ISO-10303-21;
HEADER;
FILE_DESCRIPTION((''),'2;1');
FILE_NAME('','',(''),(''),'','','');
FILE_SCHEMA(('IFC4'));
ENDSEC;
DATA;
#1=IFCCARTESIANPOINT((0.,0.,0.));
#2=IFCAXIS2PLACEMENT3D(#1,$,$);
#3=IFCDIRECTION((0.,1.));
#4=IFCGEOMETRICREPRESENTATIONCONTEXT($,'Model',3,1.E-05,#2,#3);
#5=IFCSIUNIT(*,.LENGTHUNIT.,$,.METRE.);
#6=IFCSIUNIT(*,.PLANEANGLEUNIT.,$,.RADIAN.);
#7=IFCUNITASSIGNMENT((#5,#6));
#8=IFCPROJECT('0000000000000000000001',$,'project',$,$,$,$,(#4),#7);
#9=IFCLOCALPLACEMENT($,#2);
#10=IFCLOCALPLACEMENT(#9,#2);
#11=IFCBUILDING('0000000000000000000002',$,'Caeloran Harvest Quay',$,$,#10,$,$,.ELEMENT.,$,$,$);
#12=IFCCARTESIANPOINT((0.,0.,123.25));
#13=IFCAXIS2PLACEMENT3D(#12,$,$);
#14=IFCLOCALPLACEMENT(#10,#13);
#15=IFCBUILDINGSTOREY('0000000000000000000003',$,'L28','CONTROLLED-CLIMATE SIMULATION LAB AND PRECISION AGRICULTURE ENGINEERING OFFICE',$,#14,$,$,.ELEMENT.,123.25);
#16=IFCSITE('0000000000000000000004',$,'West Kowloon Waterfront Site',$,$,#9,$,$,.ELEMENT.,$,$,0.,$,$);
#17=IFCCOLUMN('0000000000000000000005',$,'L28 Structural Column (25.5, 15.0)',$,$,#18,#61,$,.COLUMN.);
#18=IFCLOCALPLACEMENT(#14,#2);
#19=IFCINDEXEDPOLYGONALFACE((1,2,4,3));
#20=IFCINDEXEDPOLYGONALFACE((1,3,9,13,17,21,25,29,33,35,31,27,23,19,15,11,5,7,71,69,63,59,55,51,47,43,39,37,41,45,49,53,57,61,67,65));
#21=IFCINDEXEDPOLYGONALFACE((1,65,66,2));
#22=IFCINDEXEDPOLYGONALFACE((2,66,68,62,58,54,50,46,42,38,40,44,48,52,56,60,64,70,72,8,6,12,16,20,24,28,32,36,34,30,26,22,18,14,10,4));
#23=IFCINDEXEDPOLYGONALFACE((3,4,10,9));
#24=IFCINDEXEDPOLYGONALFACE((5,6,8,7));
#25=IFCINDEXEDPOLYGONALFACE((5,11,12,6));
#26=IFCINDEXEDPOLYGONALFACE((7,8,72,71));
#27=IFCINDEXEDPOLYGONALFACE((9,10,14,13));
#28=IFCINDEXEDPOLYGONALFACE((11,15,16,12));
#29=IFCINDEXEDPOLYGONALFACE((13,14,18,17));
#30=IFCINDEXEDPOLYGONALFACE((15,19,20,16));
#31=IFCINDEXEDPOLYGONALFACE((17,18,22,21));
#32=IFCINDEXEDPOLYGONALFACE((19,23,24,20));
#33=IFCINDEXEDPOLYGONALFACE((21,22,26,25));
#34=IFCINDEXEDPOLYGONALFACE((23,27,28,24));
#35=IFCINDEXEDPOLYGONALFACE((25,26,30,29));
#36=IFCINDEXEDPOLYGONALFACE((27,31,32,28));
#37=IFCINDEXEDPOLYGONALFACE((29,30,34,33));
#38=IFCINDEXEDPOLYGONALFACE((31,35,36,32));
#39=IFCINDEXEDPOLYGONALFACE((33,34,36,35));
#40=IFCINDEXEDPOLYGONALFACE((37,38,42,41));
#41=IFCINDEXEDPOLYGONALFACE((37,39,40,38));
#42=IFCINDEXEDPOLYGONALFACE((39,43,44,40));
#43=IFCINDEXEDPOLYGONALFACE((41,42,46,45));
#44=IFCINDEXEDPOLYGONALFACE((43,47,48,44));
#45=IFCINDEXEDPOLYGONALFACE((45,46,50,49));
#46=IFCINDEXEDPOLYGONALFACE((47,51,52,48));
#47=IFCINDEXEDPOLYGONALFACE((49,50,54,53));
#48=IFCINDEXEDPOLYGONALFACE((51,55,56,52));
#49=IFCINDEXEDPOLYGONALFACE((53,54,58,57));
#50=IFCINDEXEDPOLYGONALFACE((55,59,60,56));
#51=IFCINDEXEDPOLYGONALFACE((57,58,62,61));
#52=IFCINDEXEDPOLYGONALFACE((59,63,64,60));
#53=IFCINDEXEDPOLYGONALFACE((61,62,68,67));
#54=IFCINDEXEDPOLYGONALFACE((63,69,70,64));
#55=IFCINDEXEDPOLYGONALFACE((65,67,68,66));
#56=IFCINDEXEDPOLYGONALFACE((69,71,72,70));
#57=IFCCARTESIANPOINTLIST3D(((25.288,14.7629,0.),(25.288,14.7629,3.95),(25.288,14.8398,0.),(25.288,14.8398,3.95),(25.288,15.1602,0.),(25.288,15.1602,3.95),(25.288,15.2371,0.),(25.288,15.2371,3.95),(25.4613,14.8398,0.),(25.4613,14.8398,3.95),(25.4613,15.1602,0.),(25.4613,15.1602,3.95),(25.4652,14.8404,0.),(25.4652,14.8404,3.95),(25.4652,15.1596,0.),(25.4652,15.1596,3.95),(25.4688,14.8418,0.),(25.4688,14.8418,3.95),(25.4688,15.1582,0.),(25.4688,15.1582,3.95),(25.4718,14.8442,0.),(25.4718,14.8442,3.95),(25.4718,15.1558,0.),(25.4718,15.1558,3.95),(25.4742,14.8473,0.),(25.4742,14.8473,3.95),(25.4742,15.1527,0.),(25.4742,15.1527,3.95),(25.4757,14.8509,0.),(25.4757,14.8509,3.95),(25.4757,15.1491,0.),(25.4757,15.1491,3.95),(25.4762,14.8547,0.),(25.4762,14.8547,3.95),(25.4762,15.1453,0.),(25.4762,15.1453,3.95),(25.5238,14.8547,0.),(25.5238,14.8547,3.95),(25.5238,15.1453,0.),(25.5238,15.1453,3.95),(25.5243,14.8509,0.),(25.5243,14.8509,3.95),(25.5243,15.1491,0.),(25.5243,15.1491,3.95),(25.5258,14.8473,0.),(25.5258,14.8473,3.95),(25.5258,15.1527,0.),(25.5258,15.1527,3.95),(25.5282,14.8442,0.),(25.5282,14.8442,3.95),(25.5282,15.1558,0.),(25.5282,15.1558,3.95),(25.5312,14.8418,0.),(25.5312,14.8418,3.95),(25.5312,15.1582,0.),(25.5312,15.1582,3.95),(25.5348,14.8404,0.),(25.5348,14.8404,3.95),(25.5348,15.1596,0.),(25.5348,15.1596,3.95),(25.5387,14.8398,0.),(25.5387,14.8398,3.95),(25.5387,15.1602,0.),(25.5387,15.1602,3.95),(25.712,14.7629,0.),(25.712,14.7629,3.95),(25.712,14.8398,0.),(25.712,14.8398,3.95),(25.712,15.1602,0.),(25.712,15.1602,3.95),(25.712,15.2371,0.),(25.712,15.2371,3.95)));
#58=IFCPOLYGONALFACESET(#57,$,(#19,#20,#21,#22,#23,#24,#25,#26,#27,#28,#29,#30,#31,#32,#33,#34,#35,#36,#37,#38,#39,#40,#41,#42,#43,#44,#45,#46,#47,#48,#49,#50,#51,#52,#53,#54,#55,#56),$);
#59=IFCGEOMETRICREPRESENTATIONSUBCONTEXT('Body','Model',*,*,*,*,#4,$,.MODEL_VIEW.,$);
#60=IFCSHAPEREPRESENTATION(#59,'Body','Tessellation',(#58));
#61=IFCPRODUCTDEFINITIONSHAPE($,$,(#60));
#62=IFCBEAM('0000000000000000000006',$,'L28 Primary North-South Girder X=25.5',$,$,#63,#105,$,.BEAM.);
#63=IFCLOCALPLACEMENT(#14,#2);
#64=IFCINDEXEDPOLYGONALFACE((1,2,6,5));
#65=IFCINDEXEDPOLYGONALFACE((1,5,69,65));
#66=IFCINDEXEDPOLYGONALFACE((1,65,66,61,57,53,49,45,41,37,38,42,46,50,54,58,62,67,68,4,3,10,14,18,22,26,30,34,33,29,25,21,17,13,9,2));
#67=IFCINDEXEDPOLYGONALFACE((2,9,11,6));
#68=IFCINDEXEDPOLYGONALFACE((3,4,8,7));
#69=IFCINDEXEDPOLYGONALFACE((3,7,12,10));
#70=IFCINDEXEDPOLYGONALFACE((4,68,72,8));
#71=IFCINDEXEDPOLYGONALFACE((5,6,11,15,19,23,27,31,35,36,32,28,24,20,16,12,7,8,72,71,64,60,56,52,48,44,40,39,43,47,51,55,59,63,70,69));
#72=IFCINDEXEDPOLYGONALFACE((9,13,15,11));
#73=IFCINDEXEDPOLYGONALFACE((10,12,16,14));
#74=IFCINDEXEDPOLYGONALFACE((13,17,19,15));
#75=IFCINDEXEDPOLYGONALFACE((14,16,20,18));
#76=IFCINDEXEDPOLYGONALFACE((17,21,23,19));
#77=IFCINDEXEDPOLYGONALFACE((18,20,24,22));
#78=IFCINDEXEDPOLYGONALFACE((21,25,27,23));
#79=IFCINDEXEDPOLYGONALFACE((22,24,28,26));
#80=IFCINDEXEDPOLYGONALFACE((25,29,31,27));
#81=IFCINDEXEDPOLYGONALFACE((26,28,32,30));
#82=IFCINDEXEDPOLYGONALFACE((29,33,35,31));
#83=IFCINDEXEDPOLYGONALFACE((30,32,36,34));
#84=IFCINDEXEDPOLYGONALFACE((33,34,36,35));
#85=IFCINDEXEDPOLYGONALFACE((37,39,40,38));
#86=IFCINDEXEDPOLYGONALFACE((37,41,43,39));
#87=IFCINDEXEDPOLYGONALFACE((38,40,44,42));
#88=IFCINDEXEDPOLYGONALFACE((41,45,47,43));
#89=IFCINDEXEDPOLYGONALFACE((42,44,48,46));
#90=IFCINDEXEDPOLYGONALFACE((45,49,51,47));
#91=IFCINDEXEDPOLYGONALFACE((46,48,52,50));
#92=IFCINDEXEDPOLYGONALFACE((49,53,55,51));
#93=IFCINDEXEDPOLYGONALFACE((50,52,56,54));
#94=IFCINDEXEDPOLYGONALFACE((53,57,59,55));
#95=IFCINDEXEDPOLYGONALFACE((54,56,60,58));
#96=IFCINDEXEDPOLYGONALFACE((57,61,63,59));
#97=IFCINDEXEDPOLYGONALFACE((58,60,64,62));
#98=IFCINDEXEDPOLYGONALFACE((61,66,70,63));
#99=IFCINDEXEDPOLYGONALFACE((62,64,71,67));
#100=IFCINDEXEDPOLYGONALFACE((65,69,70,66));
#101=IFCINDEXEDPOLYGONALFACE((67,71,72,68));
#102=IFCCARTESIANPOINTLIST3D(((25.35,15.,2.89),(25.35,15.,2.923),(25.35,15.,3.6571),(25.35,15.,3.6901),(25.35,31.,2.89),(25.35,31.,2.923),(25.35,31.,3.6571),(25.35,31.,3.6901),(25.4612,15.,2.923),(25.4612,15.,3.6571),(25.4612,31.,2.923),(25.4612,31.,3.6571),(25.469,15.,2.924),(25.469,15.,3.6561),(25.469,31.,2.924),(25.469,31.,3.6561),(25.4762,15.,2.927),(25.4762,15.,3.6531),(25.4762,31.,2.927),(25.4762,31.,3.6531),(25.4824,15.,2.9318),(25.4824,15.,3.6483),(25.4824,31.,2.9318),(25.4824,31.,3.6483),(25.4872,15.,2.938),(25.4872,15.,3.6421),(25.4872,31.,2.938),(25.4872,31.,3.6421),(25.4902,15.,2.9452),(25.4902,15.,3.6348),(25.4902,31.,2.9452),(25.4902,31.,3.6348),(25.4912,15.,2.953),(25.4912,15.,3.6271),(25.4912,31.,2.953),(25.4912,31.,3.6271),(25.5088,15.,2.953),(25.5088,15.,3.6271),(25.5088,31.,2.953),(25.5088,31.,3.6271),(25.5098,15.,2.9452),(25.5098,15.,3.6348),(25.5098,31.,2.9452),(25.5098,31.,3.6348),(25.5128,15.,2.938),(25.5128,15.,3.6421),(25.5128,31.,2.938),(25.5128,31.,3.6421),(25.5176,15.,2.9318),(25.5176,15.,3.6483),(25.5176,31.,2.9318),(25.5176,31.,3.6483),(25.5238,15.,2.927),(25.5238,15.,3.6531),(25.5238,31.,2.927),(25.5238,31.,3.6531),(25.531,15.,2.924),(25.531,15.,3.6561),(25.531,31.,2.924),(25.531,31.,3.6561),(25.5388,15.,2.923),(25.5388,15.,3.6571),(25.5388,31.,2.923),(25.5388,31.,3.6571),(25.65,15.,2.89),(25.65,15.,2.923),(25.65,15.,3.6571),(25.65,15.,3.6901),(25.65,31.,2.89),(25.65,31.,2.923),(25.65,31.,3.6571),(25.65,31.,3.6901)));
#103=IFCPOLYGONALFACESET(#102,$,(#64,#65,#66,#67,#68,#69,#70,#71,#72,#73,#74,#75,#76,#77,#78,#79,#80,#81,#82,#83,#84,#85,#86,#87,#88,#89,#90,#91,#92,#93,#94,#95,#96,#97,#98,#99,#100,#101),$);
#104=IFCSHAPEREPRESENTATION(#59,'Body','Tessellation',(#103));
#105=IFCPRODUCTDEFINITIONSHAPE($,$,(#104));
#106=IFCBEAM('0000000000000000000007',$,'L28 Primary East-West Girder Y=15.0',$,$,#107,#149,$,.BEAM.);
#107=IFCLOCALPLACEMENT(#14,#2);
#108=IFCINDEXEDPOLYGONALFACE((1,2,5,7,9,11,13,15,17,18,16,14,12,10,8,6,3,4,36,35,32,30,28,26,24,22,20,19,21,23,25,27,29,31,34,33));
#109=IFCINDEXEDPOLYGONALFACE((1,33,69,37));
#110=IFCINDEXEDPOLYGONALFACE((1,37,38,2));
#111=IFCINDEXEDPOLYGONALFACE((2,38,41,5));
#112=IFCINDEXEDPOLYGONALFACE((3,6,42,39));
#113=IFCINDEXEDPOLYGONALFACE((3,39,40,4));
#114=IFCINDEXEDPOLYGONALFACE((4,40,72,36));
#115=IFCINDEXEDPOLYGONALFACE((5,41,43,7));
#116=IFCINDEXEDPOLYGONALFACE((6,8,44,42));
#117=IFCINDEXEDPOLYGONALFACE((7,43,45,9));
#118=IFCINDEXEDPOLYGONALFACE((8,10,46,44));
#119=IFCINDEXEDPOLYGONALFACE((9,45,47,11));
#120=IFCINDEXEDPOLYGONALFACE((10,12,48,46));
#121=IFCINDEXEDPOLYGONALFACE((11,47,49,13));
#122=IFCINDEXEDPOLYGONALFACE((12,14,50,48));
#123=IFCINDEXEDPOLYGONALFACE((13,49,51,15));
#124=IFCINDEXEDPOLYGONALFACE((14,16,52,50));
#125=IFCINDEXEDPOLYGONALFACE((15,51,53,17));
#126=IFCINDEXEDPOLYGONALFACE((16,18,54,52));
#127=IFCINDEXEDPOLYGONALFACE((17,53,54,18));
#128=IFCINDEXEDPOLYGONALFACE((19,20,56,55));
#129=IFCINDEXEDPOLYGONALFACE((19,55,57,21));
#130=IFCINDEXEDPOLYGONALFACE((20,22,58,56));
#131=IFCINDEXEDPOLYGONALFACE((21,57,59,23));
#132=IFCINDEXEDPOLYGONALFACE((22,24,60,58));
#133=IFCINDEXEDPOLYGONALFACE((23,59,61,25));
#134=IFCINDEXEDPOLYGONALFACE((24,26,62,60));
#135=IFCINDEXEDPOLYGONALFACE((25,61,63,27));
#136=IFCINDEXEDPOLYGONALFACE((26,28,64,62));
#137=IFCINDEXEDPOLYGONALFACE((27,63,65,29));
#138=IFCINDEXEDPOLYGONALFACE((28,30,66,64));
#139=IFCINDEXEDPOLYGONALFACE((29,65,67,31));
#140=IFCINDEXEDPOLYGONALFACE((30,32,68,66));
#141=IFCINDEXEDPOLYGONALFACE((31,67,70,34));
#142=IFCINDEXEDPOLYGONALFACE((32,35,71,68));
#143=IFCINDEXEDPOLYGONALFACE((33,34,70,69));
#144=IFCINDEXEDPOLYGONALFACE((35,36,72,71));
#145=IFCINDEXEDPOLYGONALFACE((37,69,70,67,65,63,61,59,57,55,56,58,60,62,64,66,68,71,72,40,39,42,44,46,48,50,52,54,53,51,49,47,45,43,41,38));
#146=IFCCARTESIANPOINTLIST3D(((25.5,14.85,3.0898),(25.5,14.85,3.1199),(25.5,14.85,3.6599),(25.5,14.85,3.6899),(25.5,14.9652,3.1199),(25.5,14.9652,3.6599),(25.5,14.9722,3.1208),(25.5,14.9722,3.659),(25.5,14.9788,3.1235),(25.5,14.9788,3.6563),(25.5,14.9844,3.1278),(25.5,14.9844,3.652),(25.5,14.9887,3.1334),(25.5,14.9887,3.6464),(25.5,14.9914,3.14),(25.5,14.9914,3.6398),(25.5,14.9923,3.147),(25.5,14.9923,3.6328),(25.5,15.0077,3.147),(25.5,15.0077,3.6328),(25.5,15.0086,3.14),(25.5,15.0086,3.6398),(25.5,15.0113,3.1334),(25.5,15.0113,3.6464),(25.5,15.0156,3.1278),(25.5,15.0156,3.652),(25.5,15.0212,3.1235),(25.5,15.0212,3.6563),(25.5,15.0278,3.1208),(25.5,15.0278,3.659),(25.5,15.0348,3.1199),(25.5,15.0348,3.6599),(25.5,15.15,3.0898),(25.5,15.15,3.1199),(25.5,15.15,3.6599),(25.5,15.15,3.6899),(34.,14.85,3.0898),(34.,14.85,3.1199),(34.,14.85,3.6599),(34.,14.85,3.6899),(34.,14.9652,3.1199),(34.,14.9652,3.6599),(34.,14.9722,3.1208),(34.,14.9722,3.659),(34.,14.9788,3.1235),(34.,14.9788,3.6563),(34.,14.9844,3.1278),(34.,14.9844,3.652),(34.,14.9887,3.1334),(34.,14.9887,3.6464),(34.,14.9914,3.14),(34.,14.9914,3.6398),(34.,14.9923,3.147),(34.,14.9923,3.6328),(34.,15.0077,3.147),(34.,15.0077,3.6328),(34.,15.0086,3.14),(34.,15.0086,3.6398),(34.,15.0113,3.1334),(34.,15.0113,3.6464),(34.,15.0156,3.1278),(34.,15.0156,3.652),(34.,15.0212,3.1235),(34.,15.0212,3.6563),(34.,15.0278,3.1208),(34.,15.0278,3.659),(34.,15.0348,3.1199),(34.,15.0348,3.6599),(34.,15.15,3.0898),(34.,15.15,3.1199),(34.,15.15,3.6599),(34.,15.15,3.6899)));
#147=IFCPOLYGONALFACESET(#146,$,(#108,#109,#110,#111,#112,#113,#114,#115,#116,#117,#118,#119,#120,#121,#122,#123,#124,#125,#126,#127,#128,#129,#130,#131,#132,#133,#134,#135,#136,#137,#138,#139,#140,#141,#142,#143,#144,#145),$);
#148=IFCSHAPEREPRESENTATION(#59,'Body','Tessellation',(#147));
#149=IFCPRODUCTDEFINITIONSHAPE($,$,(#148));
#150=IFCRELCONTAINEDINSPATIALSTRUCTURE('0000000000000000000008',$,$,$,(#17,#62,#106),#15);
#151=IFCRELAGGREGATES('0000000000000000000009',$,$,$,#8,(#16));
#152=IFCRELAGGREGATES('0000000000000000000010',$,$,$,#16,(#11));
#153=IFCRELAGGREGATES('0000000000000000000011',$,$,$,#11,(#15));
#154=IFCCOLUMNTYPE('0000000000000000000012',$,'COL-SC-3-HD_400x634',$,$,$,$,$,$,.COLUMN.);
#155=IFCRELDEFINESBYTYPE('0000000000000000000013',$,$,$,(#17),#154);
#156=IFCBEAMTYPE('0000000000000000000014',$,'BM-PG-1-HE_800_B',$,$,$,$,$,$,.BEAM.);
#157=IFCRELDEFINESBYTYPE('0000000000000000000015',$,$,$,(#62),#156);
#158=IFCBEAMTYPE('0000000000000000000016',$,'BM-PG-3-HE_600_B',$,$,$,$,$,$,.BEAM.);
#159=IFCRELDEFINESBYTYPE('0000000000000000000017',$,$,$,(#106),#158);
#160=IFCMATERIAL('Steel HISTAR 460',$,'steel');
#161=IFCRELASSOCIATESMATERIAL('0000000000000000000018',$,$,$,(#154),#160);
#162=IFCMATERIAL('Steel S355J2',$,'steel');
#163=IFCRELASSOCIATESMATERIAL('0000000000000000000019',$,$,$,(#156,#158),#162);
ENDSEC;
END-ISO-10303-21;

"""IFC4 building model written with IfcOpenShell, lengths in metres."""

from ifc_helpers import new_model, si_unit, direction, frame, origin, origin_2d, place, context, subcontext, project, spatial, i_section, extrude, material, material_profile, profile_set, type_object, element, save


model = new_model("IFC4")

# Units and contexts
model_context = context("Model", 3, precision=1e-05, world=origin(), true_north=direction((0.0, 1.0)))
body_context = subcontext(model_context, "Body", "Model", "MODEL_VIEW")
ifc_project = project(units=[si_unit("LENGTHUNIT", "METRE"), si_unit("PLANEANGLEUNIT", "RADIAN")], contexts=[model_context])

# Site, building, storey
site_placement = place(None, origin())
site = spatial("IfcSite", under=ifc_project, at=site_placement, Name="West Kowloon Waterfront Site", CompositionType="ELEMENT", RefElevation=0.0)
building_placement = place(site_placement, origin())
building = spatial("IfcBuilding", under=site, at=building_placement, Name="Caeloran Harvest Quay", CompositionType="ELEMENT")
storey_placement = place(building_placement, frame((0.0, 0.0, 123.25)))
storey = spatial("IfcBuildingStorey", under=building, at=storey_placement, Name="L28", Description="CONTROLLED-CLIMATE SIMULATION LAB AND PRECISION AGRICULTURE ENGINEERING OFFICE", CompositionType="ELEMENT", Elevation=123.25)

# Column
ifc_material_1 = material(Name="Steel HISTAR 460", Category="steel")
ifc_material_profile_1 = material_profile(ifc_material_1, i_section(OverallWidth=0.4241, OverallDepth=0.4741, WebThickness=0.0476, FlangeThickness=0.0769, FilletRadius=0.0149, at=origin_2d()), Name="HD 400x634")
ifc_profile_set_1 = profile_set([ifc_material_profile_1], Name="Steel HISTAR 460")
column_type = type_object("IfcColumnType", Name="COL-SC-3-HD_400x634", PredefinedType="COLUMN", material=ifc_profile_set_1)
column_placement = place(storey_placement, frame((25.5, 15.0, 0.0), z_axis=(0.0, 0.0, 1.0), x_axis=(1.0, 0.0, 0.0)))
element("IfcColumn", 1, at=column_placement, inside=storey, type_object=column_type, Name="L28 Structural Column (25.5, 15.0)", PredefinedType="COLUMN", context=body_context, shape_type="SweptSolid", body=[
    extrude(i_section(OverallWidth=0.4241, OverallDepth=0.4741, WebThickness=0.0476, FlangeThickness=0.0769, FilletRadius=0.0149, at=origin_2d()), origin(), (0.0, 0.0, 1.0), 3.95),
])

# Beams
ifc_material_2 = material(Name="Steel S355J2", Category="steel")
ifc_material_profile_2 = material_profile(ifc_material_2, i_section(OverallWidth=0.3, OverallDepth=0.8, WebThickness=0.0176, FlangeThickness=0.033, FilletRadius=0.03, at=origin_2d()), Name="HE 800 B")
ifc_profile_set_2 = profile_set([ifc_material_profile_2], Name="Steel S355J2")
beam_type_1 = type_object("IfcBeamType", Name="BM-PG-1-HE_800_B", PredefinedType="BEAM", material=ifc_profile_set_2)
beam_1_placement = place(storey_placement, frame((25.5, 15.0, 3.29), z_axis=(0.0, 1.0, 0.0), x_axis=(-1.0, 0.0, 0.0)))
element("IfcBeam", 2, at=beam_1_placement, inside=storey, type_object=beam_type_1, Name="L28 Primary North-South Girder X=25.5", PredefinedType="BEAM", context=body_context, shape_type="SweptSolid", body=[
    extrude(i_section(OverallWidth=0.3, OverallDepth=0.8, WebThickness=0.0176, FlangeThickness=0.033, FilletRadius=0.03, at=origin_2d()), origin(), (0.0, 0.0, 1.0), 16.0),
])
ifc_material_profile_3 = material_profile(ifc_material_2, i_section(OverallWidth=0.3, OverallDepth=0.6001, WebThickness=0.0154, FlangeThickness=0.03, FilletRadius=0.0271, at=origin_2d()), Name="HE 600 B")
ifc_profile_set_3 = profile_set([ifc_material_profile_3], Name="Steel S355J2")
beam_type_2 = type_object("IfcBeamType", Name="BM-PG-3-HE_600_B", PredefinedType="BEAM", material=ifc_profile_set_3)
beam_2_placement = place(storey_placement, frame((25.5, 15.0, 3.3899), z_axis=(1.0, 0.0, 0.0), x_axis=(0.0, 1.0, 0.0)))
element("IfcBeam", 3, at=beam_2_placement, inside=storey, type_object=beam_type_2, Name="L28 Primary East-West Girder Y=15.0", PredefinedType="BEAM", context=body_context, shape_type="SweptSolid", body=[
    extrude(i_section(OverallWidth=0.3, OverallDepth=0.6001, WebThickness=0.0154, FlangeThickness=0.03, FilletRadius=0.0271, at=origin_2d()), origin(), (0.0, 0.0, 1.0), 8.5),
])

save(model, "model.ifc")
